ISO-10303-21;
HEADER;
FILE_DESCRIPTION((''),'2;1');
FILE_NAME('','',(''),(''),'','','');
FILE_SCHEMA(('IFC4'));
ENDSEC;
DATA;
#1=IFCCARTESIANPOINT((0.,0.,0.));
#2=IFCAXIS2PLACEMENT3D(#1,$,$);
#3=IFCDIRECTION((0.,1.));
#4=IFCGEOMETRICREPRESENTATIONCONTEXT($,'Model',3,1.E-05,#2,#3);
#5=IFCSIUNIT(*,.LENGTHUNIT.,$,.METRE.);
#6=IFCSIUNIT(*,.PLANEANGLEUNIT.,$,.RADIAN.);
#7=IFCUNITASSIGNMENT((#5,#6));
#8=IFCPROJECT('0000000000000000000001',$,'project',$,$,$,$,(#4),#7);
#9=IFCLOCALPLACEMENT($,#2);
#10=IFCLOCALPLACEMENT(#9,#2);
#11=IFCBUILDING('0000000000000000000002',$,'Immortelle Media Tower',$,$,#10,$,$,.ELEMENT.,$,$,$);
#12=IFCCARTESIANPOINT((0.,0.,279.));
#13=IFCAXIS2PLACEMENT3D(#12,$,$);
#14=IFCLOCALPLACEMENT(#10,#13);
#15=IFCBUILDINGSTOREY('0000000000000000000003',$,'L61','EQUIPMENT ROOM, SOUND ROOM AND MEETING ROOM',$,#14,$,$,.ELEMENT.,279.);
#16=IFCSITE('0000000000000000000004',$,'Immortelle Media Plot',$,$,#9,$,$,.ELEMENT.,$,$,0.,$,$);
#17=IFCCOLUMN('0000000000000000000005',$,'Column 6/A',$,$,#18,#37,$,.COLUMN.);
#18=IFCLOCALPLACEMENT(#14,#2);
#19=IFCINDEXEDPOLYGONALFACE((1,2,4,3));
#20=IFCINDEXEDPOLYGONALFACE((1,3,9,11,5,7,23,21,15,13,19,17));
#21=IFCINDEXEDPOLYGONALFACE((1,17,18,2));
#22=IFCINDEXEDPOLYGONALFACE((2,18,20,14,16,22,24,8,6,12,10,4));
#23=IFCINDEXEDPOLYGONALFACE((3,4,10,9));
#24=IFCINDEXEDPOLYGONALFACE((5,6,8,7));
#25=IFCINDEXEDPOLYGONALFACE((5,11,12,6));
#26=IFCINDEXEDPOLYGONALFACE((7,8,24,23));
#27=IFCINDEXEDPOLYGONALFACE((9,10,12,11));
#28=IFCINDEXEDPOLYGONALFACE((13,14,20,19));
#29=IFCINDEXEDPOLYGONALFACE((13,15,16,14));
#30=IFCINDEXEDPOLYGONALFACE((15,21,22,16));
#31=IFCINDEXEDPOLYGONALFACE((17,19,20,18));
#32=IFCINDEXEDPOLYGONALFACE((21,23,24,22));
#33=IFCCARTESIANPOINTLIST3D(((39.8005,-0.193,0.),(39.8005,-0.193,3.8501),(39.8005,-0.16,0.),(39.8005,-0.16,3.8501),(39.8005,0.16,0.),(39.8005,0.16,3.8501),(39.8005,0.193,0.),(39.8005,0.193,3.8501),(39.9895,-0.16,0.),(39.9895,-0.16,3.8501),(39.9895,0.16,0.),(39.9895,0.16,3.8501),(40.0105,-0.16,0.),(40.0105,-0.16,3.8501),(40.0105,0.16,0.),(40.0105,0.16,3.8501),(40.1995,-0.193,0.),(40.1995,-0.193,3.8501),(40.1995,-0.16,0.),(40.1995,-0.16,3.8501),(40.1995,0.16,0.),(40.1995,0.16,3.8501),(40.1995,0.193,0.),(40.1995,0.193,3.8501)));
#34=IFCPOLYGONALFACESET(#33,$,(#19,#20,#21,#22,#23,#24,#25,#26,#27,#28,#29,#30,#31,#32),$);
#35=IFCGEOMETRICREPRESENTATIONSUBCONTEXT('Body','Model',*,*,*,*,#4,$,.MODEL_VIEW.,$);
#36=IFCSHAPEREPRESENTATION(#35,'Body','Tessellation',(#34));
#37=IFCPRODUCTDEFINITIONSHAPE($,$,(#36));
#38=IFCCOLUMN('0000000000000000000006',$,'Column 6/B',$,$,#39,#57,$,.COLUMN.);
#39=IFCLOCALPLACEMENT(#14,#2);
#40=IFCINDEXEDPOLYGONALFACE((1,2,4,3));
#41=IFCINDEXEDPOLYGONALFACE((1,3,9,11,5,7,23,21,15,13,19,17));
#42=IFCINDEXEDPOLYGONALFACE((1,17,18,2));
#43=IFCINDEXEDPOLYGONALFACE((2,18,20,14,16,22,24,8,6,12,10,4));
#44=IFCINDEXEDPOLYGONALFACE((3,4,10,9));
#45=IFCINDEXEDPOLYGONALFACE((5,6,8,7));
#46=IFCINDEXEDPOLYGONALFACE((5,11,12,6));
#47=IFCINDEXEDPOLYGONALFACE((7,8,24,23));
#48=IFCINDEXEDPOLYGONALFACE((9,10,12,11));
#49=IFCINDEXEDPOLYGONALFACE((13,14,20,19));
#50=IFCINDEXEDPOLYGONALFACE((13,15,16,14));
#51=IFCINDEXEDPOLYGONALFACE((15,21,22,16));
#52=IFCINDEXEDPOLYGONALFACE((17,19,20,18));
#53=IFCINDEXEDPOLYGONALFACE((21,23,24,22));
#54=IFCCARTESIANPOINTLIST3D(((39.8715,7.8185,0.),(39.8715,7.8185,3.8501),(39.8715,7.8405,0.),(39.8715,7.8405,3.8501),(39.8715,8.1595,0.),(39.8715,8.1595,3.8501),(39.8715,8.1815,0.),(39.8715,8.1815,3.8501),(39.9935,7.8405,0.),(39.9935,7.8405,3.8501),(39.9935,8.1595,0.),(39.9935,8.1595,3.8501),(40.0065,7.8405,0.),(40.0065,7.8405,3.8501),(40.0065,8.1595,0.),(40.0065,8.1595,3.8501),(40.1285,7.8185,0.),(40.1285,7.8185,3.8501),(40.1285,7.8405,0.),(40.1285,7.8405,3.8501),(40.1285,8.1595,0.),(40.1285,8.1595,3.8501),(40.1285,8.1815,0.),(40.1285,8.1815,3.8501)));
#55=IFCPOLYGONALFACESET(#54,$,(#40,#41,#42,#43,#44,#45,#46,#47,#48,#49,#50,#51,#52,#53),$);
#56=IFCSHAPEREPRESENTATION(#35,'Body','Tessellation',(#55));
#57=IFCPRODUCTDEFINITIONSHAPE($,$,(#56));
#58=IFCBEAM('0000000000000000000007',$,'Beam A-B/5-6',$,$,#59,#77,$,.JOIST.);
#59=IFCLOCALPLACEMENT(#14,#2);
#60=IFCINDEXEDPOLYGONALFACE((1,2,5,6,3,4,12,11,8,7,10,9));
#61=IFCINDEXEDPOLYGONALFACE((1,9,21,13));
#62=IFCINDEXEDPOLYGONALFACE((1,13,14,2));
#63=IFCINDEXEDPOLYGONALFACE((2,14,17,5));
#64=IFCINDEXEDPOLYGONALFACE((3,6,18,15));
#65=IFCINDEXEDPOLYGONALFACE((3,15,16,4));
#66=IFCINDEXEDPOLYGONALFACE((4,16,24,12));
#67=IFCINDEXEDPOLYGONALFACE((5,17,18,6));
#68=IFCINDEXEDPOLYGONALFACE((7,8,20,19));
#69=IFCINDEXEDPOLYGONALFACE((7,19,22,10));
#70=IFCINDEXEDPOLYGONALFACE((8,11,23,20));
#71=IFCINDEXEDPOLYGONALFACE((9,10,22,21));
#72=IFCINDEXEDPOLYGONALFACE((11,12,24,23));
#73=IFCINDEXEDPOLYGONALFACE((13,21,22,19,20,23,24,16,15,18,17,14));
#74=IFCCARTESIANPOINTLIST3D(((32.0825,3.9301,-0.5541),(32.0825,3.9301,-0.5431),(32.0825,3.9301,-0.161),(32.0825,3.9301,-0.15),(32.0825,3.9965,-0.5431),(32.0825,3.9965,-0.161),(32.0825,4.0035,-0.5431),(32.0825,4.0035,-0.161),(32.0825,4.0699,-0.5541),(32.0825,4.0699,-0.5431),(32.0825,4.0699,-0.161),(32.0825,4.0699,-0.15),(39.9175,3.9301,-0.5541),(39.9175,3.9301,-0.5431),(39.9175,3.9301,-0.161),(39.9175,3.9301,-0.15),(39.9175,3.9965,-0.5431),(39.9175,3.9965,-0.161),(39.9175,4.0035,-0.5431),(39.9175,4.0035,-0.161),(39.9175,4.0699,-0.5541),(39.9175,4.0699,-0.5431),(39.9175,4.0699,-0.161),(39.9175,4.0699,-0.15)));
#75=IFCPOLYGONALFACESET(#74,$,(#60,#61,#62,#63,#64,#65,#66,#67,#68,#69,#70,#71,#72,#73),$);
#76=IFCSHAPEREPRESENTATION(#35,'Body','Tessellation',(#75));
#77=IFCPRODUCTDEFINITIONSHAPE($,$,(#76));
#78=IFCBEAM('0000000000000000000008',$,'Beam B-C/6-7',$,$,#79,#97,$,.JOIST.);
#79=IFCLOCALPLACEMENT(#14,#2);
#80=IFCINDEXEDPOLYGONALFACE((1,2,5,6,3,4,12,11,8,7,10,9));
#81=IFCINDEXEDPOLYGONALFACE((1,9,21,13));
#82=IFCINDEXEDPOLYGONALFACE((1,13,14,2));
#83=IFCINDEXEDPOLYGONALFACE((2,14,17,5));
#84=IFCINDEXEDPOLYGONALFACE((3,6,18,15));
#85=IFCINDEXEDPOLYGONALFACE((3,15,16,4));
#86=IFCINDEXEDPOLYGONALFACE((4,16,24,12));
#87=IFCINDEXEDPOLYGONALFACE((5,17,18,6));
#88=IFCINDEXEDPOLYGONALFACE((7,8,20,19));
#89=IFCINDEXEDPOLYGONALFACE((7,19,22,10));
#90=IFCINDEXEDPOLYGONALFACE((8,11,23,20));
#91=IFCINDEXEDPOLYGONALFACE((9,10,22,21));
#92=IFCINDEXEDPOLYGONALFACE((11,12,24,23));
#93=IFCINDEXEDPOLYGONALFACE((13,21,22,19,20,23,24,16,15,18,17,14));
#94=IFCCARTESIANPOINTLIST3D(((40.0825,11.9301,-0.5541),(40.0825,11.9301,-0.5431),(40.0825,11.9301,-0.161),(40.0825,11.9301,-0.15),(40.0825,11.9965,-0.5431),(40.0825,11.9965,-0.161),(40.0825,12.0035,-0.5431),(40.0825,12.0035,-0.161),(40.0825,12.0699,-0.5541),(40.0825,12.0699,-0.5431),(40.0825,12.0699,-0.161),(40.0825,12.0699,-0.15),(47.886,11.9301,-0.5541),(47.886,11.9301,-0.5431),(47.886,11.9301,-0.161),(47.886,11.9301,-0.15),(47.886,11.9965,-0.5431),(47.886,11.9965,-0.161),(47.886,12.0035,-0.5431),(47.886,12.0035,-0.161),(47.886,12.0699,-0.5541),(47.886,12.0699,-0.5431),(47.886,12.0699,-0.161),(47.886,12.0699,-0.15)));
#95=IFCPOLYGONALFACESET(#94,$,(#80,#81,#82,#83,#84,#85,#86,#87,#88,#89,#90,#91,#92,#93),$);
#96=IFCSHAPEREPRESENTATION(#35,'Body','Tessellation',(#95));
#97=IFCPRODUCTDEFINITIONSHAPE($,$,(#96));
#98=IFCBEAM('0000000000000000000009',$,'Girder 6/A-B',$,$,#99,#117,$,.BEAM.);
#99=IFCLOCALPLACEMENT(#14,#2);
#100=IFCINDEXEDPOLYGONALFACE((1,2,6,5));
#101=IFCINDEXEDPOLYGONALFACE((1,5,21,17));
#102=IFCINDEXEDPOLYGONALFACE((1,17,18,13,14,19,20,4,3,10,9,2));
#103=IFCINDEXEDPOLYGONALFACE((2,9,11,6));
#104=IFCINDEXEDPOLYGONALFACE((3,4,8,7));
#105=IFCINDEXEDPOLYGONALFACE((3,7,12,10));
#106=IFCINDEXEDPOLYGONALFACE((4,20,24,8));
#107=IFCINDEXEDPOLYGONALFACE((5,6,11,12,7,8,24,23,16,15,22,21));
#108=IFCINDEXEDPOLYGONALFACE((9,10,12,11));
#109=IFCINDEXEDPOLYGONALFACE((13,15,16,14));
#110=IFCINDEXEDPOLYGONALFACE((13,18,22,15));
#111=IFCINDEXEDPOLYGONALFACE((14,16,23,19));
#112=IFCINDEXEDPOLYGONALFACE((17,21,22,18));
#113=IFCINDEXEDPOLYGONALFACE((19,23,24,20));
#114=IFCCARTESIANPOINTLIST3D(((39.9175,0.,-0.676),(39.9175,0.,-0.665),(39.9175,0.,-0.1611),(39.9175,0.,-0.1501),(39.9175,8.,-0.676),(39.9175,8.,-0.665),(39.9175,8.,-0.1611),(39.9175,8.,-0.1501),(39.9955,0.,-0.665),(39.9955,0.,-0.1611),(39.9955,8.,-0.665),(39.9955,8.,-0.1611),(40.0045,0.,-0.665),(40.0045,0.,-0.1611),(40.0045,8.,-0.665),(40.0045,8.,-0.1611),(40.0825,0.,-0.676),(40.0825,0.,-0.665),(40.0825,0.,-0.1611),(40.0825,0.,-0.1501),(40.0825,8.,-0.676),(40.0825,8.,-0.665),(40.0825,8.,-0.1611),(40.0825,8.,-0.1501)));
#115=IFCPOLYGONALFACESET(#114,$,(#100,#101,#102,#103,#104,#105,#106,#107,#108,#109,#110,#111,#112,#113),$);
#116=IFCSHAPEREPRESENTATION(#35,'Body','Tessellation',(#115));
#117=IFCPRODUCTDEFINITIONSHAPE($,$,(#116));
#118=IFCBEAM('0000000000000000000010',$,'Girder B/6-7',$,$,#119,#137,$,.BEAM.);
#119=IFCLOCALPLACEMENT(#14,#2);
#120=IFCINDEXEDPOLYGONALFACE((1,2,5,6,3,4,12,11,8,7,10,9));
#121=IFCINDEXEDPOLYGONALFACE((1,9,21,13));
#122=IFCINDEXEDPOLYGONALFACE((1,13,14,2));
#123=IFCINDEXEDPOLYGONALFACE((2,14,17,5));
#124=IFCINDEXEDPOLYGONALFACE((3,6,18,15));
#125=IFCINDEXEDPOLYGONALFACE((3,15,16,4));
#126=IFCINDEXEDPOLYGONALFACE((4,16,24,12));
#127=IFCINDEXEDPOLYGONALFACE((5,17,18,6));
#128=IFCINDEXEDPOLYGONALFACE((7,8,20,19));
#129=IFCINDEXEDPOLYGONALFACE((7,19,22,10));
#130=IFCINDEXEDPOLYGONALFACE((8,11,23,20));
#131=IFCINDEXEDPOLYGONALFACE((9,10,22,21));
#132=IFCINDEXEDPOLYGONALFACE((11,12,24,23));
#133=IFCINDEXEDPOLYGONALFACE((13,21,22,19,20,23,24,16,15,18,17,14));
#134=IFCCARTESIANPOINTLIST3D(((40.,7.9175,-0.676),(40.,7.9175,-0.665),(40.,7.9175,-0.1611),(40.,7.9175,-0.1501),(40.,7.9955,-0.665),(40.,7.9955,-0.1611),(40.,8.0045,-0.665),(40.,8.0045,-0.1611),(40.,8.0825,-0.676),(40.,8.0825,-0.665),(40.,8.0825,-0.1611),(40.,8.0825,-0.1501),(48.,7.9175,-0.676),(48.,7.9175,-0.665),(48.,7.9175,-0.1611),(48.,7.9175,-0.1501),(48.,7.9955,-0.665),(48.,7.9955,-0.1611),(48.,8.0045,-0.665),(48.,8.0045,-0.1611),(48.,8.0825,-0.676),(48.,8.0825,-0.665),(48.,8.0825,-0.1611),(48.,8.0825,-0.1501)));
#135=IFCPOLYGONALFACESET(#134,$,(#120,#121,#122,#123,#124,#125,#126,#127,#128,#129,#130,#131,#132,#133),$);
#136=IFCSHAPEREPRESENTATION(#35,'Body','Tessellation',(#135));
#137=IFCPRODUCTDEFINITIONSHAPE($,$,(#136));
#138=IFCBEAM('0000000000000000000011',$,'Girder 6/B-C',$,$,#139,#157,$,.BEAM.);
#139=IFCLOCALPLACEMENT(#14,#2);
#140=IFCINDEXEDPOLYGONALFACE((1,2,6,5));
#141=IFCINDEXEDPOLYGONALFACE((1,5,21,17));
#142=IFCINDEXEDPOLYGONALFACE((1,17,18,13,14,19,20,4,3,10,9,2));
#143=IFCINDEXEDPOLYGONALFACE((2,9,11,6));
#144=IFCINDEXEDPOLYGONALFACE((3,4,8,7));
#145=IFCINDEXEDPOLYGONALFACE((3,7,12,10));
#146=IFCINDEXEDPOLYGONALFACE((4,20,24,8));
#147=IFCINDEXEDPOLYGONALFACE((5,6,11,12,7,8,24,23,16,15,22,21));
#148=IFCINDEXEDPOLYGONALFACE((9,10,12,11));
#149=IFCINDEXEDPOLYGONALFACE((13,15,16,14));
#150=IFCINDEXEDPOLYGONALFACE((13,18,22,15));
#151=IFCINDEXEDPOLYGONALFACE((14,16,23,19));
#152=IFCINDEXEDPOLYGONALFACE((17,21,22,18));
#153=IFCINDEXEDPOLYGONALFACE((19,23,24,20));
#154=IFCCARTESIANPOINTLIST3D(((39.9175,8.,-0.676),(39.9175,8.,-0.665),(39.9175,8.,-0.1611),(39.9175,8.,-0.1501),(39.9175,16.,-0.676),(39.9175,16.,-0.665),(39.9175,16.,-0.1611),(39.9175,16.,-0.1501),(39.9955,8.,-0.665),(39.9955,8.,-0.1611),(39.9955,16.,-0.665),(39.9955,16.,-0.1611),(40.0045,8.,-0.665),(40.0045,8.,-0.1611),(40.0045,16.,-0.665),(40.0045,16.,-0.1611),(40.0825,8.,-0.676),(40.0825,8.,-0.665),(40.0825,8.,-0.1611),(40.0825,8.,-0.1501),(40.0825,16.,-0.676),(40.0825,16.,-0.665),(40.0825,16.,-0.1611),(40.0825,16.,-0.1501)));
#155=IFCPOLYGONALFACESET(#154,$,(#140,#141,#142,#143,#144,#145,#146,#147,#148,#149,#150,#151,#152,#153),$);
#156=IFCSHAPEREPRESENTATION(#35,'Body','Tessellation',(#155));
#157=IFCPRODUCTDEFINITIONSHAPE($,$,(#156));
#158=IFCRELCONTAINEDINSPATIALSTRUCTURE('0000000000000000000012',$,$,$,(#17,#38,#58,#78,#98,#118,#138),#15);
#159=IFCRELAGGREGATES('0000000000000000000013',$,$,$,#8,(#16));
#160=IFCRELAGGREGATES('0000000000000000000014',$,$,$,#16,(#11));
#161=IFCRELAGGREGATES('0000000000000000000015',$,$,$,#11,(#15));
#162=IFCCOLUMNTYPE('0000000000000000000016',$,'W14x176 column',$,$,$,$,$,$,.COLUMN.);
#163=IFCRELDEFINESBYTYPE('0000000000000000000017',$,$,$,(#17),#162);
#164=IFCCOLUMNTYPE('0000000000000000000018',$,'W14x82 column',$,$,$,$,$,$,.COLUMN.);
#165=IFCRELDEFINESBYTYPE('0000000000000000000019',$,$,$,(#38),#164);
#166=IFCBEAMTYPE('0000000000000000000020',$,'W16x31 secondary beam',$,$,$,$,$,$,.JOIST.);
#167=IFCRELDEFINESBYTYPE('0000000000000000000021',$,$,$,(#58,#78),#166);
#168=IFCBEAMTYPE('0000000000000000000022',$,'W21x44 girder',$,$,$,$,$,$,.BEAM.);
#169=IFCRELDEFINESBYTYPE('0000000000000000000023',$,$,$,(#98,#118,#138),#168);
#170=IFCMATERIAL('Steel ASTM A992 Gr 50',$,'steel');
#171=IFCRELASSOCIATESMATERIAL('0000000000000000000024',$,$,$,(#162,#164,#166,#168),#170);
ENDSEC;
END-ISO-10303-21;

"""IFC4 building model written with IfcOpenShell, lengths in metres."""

from ifc_helpers import new_model, si_unit, direction, frame, origin, origin_2d, place, context, subcontext, project, spatial, i_section, extrude, material, material_profile, profile_set, type_object, element, save


model = new_model("IFC4")

# Units and contexts
model_context = context("Model", 3, precision=1e-05, world=origin(), true_north=direction((0.0, 1.0)))
body_context = subcontext(model_context, "Body", "Model", "MODEL_VIEW")
ifc_project = project(units=[si_unit("LENGTHUNIT", "METRE"), si_unit("PLANEANGLEUNIT", "RADIAN")], contexts=[model_context])

# Site, building, storey
site_placement = place(None, origin())
site = spatial("IfcSite", under=ifc_project, at=site_placement, Name="Immortelle Media Plot", CompositionType="ELEMENT", RefElevation=0.0)
building_placement = place(site_placement, origin())
building = spatial("IfcBuilding", under=site, at=building_placement, Name="Immortelle Media Tower", CompositionType="ELEMENT")
storey_placement = place(building_placement, frame((0.0, 0.0, 279.0)))
storey = spatial("IfcBuildingStorey", under=building, at=storey_placement, Name="L61", Description="EQUIPMENT ROOM, SOUND ROOM AND MEETING ROOM", CompositionType="ELEMENT", Elevation=279.0)

# Columns
ifc_material_1 = material(Name="Steel ASTM A992 Gr 50", Category="steel")
ifc_material_profile_1 = material_profile(ifc_material_1, i_section(OverallWidth=0.3989, OverallDepth=0.386, WebThickness=0.021, FlangeThickness=0.033, at=origin_2d()), Name="W14x176")
ifc_profile_set_1 = profile_set([ifc_material_profile_1], Name="Steel ASTM A992 Gr 50")
column_type_1 = type_object("IfcColumnType", Name="W14x176 column", PredefinedType="COLUMN", material=ifc_profile_set_1)
column_1_placement = place(storey_placement, frame((40.0, 0.0, 0.0), z_axis=(0.0, 0.0, 1.0), x_axis=(1.0, 0.0, 0.0)))
element("IfcColumn", 1, at=column_1_placement, inside=storey, type_object=column_type_1, Name="Column 6/A", PredefinedType="COLUMN", context=body_context, shape_type="SweptSolid", body=[
    extrude(i_section(OverallWidth=0.3989, OverallDepth=0.386, WebThickness=0.021, FlangeThickness=0.033, at=origin_2d()), origin(), (0.0, 0.0, 1.0), 3.8501),
])
ifc_material_profile_2 = material_profile(ifc_material_1, i_section(OverallWidth=0.2571, OverallDepth=0.363, WebThickness=0.0129, FlangeThickness=0.022, at=origin_2d()), Name="W14x82")
ifc_profile_set_2 = profile_set([ifc_material_profile_2], Name="Steel ASTM A992 Gr 50")
column_type_2 = type_object("IfcColumnType", Name="W14x82 column", PredefinedType="COLUMN", material=ifc_profile_set_2)
column_2_placement = place(storey_placement, frame((40.0, 8.0, 0.0), z_axis=(0.0, 0.0, 1.0), x_axis=(1.0, 0.0, 0.0)))
element("IfcColumn", 2, at=column_2_placement, inside=storey, type_object=column_type_2, Name="Column 6/B", PredefinedType="COLUMN", context=body_context, shape_type="SweptSolid", body=[
    extrude(i_section(OverallWidth=0.2571, OverallDepth=0.363, WebThickness=0.0129, FlangeThickness=0.022, at=origin_2d()), origin(), (0.0, 0.0, 1.0), 3.8501),
])

# Beams
ifc_material_profile_3 = material_profile(ifc_material_1, i_section(OverallWidth=0.1399, OverallDepth=0.4041, WebThickness=0.0071, FlangeThickness=0.011, at=origin_2d()), Name="W16x31")
ifc_profile_set_3 = profile_set([ifc_material_profile_3], Name="Steel ASTM A992 Gr 50")
beam_type_1 = type_object("IfcBeamType", Name="W16x31 secondary beam", PredefinedType="JOIST", material=ifc_profile_set_3)
beam_1_placement = place(storey_placement, frame((32.0825, 4.0, -0.3521), z_axis=(1.0, 0.0, 0.0), x_axis=(0.0, 1.0, 0.0)))
element("IfcBeam", 3, at=beam_1_placement, inside=storey, type_object=beam_type_1, Name="Beam A-B/5-6", PredefinedType="JOIST", context=body_context, shape_type="SweptSolid", body=[
    extrude(i_section(OverallWidth=0.1399, OverallDepth=0.4041, WebThickness=0.0071, FlangeThickness=0.011, at=origin_2d()), origin(), (0.0, 0.0, 1.0), 7.835),
])
beam_2_placement = place(storey_placement, frame((40.0825, 12.0, -0.3521), z_axis=(1.0, 0.0, 0.0), x_axis=(0.0, 1.0, 0.0)))
element("IfcBeam", 4, at=beam_2_placement, inside=storey, type_object=beam_type_1, Name="Beam B-C/6-7", PredefinedType="JOIST", context=body_context, shape_type="SweptSolid", body=[
    extrude(i_section(OverallWidth=0.1399, OverallDepth=0.4041, WebThickness=0.0071, FlangeThickness=0.011, at=origin_2d()), origin(), (0.0, 0.0, 1.0), 7.8035),
])
ifc_material_profile_4 = material_profile(ifc_material_1, i_section(OverallWidth=0.165, OverallDepth=0.5259, WebThickness=0.009, FlangeThickness=0.011, at=origin_2d()), Name="W21x44")
ifc_profile_set_4 = profile_set([ifc_material_profile_4], Name="Steel ASTM A992 Gr 50")
beam_type_2 = type_object("IfcBeamType", Name="W21x44 girder", PredefinedType="BEAM", material=ifc_profile_set_4)
for number, where, z_axis, x_axis, name in (
    (5, (40.0, 0.0, -0.4131), (0.0, 1.0, 0.0), (-1.0, 0.0, 0.0), "Girder 6/A-B"),
    (6, (40.0, 8.0, -0.4131), (1.0, 0.0, 0.0), (0.0, 1.0, 0.0), "Girder B/6-7"),
    (7, (40.0, 8.0, -0.4131), (0.0, 1.0, 0.0), (-1.0, 0.0, 0.0), "Girder 6/B-C"),
):
    element("IfcBeam", number, at=place(storey_placement, frame(where, z_axis=z_axis, x_axis=x_axis)), inside=storey, type_object=beam_type_2, Name=name, PredefinedType="BEAM", context=body_context, shape_type="SweptSolid", body=[
        extrude(i_section(OverallWidth=0.165, OverallDepth=0.5259, WebThickness=0.009, FlangeThickness=0.011, at=origin_2d()), origin(), (0.0, 0.0, 1.0), 8.0),
    ])

save(model, "model.ifc")
